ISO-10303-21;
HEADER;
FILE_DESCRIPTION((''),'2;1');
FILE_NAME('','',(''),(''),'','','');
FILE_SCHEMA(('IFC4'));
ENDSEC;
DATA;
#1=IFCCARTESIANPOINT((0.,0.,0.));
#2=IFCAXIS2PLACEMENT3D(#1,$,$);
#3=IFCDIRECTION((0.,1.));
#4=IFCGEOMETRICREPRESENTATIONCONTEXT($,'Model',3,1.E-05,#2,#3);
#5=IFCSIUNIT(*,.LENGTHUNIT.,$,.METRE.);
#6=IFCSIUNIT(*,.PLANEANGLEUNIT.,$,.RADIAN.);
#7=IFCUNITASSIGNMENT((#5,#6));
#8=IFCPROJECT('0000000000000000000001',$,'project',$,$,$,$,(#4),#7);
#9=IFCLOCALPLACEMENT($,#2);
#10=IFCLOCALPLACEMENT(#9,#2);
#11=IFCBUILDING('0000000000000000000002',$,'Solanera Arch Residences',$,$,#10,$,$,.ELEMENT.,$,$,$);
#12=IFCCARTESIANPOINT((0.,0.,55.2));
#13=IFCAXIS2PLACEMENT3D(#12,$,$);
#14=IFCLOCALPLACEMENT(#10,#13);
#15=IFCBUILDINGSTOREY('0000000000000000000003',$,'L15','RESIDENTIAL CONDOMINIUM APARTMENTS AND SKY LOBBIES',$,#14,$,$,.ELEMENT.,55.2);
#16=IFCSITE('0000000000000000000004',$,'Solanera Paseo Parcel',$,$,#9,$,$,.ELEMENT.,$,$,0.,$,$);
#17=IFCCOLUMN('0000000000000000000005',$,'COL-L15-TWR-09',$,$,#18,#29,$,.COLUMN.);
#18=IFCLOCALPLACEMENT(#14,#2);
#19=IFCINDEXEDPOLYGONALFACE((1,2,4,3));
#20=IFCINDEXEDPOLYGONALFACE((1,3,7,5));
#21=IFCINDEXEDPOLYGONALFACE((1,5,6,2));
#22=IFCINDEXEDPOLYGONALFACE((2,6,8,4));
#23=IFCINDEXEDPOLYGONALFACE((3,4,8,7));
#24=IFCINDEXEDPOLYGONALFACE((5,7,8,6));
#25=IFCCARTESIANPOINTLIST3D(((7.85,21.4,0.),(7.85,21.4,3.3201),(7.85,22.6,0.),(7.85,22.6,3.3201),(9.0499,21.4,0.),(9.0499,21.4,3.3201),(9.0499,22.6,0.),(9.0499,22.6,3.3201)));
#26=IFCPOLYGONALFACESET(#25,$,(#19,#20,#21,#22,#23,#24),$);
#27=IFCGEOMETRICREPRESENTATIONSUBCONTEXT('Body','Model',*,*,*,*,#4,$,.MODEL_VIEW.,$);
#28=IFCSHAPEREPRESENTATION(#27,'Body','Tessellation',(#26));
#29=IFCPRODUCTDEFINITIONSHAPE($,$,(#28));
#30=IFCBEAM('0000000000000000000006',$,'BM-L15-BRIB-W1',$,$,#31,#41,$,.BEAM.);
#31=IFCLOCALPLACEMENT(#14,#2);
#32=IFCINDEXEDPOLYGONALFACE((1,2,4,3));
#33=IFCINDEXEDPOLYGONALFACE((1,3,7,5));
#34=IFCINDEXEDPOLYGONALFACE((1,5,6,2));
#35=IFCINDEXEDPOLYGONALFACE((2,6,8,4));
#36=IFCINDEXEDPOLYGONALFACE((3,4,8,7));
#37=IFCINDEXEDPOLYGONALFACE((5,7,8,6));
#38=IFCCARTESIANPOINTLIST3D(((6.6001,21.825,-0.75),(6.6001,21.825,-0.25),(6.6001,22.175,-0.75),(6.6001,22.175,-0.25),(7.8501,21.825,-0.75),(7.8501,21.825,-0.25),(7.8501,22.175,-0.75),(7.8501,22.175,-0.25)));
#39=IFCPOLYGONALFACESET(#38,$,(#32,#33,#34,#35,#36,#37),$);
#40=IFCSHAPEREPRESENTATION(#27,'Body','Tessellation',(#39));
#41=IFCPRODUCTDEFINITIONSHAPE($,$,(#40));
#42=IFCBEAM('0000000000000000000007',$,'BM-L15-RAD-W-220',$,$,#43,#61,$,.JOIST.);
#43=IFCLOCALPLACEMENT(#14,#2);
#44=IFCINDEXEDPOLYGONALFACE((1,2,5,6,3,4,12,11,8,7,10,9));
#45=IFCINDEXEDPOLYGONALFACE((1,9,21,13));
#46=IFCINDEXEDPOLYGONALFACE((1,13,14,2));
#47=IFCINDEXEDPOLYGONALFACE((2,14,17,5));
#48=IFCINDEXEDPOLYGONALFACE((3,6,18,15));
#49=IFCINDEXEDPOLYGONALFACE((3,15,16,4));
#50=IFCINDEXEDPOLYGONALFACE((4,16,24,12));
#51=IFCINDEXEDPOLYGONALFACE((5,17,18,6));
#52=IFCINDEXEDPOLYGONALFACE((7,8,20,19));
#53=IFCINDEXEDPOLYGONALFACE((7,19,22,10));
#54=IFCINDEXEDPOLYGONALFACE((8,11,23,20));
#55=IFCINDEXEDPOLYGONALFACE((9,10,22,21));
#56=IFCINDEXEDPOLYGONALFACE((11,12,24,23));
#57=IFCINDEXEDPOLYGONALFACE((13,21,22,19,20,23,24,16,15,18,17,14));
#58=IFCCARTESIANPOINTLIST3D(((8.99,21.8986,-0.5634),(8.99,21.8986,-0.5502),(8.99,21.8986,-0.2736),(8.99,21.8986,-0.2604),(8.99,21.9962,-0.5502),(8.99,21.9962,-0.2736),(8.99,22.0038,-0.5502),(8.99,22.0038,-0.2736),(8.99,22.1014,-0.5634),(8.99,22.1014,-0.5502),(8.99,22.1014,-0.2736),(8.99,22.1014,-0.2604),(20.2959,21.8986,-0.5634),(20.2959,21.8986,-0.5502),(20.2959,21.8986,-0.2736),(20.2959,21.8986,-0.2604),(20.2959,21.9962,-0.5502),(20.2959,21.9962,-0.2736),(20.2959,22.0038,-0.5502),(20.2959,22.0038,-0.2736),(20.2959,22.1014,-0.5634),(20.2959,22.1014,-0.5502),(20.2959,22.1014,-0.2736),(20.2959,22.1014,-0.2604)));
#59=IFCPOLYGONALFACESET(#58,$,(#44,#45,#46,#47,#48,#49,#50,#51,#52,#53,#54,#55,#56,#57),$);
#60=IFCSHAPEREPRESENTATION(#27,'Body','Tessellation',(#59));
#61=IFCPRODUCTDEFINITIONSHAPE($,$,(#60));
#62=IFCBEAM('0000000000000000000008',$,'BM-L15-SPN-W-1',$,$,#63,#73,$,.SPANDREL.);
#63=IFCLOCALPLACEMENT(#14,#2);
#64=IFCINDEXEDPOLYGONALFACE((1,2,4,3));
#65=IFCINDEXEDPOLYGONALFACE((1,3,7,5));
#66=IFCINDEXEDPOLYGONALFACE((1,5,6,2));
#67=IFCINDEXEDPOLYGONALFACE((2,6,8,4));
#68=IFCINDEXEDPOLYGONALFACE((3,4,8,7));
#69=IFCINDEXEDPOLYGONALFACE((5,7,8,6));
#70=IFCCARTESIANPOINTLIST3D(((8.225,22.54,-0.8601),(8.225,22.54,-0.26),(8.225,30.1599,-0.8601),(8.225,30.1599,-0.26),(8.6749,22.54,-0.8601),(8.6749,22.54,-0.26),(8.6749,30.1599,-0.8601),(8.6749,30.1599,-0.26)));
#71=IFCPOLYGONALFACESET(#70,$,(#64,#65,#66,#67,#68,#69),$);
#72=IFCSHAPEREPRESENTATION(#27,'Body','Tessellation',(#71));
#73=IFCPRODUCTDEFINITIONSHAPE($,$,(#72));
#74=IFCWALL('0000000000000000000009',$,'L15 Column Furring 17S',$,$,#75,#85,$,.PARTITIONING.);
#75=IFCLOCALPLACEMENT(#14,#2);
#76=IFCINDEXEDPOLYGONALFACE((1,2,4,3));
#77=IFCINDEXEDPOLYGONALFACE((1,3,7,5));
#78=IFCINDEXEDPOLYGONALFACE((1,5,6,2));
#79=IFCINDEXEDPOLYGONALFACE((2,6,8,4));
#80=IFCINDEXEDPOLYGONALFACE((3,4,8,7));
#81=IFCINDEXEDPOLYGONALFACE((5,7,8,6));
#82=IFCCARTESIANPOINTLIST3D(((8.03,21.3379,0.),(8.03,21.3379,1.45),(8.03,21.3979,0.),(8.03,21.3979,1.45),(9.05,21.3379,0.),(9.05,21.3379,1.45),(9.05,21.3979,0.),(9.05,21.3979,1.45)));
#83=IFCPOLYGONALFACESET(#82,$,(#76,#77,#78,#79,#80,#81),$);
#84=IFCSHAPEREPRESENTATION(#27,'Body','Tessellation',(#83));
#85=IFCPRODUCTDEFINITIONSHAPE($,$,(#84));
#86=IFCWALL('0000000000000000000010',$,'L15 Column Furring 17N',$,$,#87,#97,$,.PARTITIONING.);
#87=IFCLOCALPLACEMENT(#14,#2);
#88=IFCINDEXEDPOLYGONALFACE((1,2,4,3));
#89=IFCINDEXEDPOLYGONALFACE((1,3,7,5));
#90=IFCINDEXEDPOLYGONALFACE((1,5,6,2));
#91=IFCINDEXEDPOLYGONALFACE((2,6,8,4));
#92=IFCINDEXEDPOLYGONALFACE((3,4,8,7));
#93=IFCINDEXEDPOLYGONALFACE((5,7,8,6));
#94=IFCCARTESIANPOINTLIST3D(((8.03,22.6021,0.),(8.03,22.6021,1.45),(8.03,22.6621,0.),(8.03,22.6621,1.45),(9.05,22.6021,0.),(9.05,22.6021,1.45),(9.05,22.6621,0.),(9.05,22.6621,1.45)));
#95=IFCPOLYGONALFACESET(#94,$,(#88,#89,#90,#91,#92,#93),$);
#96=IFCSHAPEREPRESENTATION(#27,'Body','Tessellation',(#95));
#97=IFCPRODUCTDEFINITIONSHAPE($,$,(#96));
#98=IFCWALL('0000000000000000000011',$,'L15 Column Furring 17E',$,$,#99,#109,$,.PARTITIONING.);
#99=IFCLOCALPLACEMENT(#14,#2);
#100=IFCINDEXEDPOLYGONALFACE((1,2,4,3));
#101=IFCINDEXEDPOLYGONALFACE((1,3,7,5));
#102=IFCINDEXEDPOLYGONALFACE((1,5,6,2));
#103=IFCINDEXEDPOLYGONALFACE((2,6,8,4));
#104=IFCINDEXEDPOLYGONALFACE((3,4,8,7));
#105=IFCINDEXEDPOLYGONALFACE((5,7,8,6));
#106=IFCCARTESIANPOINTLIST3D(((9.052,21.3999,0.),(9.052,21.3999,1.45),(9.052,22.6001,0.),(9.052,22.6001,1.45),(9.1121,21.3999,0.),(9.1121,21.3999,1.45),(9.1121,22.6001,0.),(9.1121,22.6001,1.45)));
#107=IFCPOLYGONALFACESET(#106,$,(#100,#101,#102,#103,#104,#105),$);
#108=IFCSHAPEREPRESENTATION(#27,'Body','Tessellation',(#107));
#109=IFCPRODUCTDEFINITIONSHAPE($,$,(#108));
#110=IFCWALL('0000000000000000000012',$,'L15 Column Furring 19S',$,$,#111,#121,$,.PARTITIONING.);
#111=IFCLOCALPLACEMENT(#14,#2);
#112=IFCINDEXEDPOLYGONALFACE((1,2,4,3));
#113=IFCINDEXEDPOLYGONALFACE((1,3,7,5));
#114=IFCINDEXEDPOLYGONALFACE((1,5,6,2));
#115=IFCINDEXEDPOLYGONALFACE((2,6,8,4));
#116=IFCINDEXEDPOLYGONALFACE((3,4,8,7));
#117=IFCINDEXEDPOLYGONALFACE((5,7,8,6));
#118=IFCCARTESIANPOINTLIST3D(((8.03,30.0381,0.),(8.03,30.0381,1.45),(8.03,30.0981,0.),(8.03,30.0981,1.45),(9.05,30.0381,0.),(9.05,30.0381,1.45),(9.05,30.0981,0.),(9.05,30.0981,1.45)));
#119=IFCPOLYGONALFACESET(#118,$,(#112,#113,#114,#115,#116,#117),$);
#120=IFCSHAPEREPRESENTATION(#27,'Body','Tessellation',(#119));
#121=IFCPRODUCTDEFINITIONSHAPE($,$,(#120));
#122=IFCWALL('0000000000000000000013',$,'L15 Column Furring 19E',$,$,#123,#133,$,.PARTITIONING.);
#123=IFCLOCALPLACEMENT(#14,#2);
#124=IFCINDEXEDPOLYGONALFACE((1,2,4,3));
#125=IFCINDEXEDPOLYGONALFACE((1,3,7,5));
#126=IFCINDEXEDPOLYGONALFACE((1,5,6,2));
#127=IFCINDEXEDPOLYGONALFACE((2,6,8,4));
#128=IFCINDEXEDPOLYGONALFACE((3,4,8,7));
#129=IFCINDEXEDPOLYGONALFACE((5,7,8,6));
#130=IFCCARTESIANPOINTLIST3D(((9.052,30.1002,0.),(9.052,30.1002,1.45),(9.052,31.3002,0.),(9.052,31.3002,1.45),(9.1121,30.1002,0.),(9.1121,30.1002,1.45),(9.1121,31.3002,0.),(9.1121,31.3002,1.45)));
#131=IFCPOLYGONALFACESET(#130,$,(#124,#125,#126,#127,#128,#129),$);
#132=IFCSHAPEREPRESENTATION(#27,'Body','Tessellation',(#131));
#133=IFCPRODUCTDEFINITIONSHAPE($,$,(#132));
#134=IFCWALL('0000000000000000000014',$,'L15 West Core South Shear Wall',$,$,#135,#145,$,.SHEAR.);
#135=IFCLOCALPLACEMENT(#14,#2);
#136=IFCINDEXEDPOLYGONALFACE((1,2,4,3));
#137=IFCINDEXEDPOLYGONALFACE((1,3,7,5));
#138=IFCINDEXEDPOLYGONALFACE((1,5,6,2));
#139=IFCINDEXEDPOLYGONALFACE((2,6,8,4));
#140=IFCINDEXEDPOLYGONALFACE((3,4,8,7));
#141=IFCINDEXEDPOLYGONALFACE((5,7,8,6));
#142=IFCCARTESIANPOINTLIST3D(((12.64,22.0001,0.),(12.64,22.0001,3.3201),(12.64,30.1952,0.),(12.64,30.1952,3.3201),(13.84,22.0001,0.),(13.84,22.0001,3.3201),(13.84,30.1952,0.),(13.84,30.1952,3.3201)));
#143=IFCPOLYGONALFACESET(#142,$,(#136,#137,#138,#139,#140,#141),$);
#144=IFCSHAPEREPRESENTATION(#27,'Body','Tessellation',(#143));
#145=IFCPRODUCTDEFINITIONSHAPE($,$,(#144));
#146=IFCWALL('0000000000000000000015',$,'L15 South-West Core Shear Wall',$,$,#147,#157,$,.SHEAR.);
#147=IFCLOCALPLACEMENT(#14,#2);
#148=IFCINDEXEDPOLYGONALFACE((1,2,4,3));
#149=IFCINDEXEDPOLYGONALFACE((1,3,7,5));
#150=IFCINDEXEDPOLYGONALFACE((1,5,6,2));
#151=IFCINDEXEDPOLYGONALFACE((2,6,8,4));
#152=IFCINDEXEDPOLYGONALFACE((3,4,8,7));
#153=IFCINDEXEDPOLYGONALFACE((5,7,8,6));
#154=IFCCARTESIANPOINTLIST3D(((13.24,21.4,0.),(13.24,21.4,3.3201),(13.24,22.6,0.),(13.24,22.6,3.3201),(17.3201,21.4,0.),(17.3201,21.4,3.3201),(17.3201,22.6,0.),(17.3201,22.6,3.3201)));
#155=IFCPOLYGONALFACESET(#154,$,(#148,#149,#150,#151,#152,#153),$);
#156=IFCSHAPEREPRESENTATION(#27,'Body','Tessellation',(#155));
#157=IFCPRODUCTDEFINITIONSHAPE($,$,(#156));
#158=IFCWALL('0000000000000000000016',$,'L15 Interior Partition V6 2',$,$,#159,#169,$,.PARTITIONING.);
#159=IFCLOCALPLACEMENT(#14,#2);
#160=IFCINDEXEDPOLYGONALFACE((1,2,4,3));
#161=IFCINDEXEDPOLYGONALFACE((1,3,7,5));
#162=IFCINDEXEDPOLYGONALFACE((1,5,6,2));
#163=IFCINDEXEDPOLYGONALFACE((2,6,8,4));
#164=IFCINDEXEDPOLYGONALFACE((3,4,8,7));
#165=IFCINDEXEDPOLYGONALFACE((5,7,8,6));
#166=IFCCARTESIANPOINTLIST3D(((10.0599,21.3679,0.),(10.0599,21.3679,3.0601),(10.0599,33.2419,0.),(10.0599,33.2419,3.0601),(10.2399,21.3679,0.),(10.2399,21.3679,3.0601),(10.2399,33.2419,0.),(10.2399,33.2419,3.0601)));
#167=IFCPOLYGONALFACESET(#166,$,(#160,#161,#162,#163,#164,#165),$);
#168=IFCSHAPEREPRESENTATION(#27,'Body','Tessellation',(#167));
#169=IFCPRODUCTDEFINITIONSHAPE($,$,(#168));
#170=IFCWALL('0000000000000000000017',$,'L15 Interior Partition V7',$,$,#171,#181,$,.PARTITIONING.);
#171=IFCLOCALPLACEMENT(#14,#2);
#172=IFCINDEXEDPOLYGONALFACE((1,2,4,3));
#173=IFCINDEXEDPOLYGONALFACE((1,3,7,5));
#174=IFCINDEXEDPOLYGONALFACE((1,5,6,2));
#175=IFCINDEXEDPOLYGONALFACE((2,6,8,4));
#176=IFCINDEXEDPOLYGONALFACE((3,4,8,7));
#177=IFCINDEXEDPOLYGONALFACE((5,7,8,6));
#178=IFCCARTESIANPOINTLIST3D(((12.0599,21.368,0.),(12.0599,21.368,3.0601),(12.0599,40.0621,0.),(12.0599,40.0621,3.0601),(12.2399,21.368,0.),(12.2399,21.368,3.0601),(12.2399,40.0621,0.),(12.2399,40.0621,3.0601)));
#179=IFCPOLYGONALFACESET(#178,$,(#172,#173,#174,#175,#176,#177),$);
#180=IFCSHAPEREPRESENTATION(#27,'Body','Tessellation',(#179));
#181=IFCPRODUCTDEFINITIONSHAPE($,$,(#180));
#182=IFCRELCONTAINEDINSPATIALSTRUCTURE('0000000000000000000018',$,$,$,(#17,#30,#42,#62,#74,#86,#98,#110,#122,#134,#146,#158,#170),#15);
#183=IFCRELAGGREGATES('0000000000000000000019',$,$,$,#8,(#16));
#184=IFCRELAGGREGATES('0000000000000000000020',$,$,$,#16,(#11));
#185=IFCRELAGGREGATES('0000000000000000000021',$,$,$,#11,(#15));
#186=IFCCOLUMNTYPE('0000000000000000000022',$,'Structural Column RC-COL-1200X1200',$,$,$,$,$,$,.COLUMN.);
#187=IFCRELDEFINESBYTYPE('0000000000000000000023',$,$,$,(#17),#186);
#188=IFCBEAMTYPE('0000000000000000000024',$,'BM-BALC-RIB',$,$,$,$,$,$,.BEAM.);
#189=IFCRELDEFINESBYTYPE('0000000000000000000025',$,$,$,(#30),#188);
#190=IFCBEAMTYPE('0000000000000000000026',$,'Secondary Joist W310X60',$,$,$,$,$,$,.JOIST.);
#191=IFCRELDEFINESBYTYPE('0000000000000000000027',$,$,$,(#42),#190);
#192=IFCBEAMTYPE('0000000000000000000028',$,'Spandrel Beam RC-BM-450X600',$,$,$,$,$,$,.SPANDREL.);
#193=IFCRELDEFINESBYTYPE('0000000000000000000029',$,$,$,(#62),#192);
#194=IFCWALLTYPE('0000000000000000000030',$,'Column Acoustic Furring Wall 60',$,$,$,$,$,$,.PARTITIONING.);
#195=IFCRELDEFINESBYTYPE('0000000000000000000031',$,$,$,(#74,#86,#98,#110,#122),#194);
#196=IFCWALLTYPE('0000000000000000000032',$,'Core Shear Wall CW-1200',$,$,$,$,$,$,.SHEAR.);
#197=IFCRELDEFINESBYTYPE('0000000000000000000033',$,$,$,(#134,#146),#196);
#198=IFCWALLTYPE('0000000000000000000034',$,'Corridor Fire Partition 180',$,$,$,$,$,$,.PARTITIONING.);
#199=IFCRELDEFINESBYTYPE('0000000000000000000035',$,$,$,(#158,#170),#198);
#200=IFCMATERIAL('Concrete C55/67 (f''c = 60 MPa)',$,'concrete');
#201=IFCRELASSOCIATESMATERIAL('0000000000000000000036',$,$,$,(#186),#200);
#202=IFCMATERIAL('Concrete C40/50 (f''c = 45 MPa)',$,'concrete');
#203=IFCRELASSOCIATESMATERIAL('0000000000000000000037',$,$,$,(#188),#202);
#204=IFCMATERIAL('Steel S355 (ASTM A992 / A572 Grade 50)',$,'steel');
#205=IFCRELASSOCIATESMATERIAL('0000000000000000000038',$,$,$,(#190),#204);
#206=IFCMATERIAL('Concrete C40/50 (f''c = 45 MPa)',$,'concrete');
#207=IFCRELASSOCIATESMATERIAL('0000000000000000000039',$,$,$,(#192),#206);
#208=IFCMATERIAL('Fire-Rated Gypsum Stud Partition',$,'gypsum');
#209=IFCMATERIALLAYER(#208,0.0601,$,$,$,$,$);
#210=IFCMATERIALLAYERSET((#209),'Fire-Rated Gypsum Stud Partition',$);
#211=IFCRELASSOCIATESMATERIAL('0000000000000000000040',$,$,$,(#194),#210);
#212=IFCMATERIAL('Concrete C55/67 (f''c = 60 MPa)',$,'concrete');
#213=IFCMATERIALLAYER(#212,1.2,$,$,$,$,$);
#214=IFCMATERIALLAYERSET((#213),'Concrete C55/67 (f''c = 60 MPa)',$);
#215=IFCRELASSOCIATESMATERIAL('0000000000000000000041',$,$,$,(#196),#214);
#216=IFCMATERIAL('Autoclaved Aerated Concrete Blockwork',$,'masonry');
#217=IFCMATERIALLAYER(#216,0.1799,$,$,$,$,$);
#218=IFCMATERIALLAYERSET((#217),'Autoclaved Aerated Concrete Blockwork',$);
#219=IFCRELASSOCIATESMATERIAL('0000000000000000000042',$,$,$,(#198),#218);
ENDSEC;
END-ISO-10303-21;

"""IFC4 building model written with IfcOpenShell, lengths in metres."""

from ifc_helpers import new_model, si_unit, direction, frame, frame_2d, origin, origin_2d, place, context, subcontext, project, spatial, rectangle, i_section, extrude, material, layer, layer_set, material_profile, profile_set, type_object, element, save


model = new_model("IFC4")

# Units and contexts
model_context = context("Model", 3, precision=1e-05, world=origin(), true_north=direction((0.0, 1.0)))
body_context = subcontext(model_context, "Body", "Model", "MODEL_VIEW")
ifc_project = project(units=[si_unit("LENGTHUNIT", "METRE"), si_unit("PLANEANGLEUNIT", "RADIAN")], contexts=[model_context])

# Site, building, storey
site_placement = place(None, origin())
site = spatial("IfcSite", under=ifc_project, at=site_placement, Name="Solanera Paseo Parcel", CompositionType="ELEMENT", RefElevation=0.0)
building_placement = place(site_placement, origin())
building = spatial("IfcBuilding", under=site, at=building_placement, Name="Solanera Arch Residences", CompositionType="ELEMENT")
storey_placement = place(building_placement, frame((0.0, 0.0, 55.2)))
storey = spatial("IfcBuildingStorey", under=building, at=storey_placement, Name="L15", Description="RESIDENTIAL CONDOMINIUM APARTMENTS AND SKY LOBBIES", CompositionType="ELEMENT", Elevation=55.2)

# Column
ifc_material_1 = material(Name="Concrete C55/67 (f'c = 60 MPa)", Category="concrete")
ifc_material_profile_1 = material_profile(ifc_material_1, rectangle(XDim=1.2, YDim=1.2, at=origin_2d()))
ifc_profile_set_1 = profile_set([ifc_material_profile_1], Name="Concrete C55/67 (f'c = 60 MPa)")
column_type = type_object("IfcColumnType", Name="Structural Column RC-COL-1200X1200", PredefinedType="COLUMN", material=ifc_profile_set_1)
column_placement = place(storey_placement, frame((8.45, 22.0, 0.0), z_axis=(0.0, 0.0, 1.0), x_axis=(1.0, 0.0, 0.0)))
element("IfcColumn", 1, at=column_placement, inside=storey, type_object=column_type, Name="COL-L15-TWR-09", PredefinedType="COLUMN", context=body_context, shape_type="SweptSolid", body=[
    extrude(rectangle(XDim=1.2, YDim=1.2, at=origin_2d()), origin(), (0.0, 0.0, 1.0), 3.3201),
])

# Beams
ifc_material_2 = material(Name="Concrete C40/50 (f'c = 45 MPa)", Category="concrete")
ifc_material_profile_2 = material_profile(ifc_material_2, rectangle(XDim=0.3501, YDim=0.5, at=origin_2d()))
ifc_profile_set_2 = profile_set([ifc_material_profile_2], Name="Concrete C40/50 (f'c = 45 MPa)")
beam_type_1 = type_object("IfcBeamType", Name="BM-BALC-RIB", PredefinedType="BEAM", material=ifc_profile_set_2)
beam_1_placement = place(storey_placement, frame((6.6001, 22.0, -0.5), z_axis=(1.0, 0.0, 0.0), x_axis=(0.0, 1.0, 0.0)))
element("IfcBeam", 2, at=beam_1_placement, inside=storey, type_object=beam_type_1, Name="BM-L15-BRIB-W1", PredefinedType="BEAM", context=body_context, shape_type="SweptSolid", body=[
    extrude(rectangle(XDim=0.3501, YDim=0.5, at=origin_2d()), origin(), (0.0, 0.0, 1.0), 1.25),
])
ifc_material_3 = material(Name="Steel S355 (ASTM A992 / A572 Grade 50)", Category="steel")
ifc_material_profile_3 = material_profile(ifc_material_3, i_section(OverallWidth=0.2029, OverallDepth=0.303, WebThickness=0.0076, FlangeThickness=0.0132, at=origin_2d()))
ifc_profile_set_3 = profile_set([ifc_material_profile_3], Name="Steel S355 (ASTM A992 / A572 Grade 50)")
beam_type_2 = type_object("IfcBeamType", Name="Secondary Joist W310X60", PredefinedType="JOIST", material=ifc_profile_set_3)
beam_2_placement = place(storey_placement, frame((8.99, 22.0, -0.4119), z_axis=(1.0, 0.0, 0.0), x_axis=(0.0, 1.0, 0.0)))
element("IfcBeam", 3, at=beam_2_placement, inside=storey, type_object=beam_type_2, Name="BM-L15-RAD-W-220", PredefinedType="JOIST", context=body_context, shape_type="SweptSolid", body=[
    extrude(i_section(OverallWidth=0.2029, OverallDepth=0.303, WebThickness=0.0076, FlangeThickness=0.0132, at=origin_2d()), origin(), (0.0, 0.0, 1.0), 11.3059),
])
ifc_material_4 = material(Name="Concrete C40/50 (f'c = 45 MPa)", Category="concrete")
ifc_material_profile_4 = material_profile(ifc_material_4, rectangle(XDim=0.45, YDim=0.6001, at=origin_2d()))
ifc_profile_set_4 = profile_set([ifc_material_profile_4], Name="Concrete C40/50 (f'c = 45 MPa)")
beam_type_3 = type_object("IfcBeamType", Name="Spandrel Beam RC-BM-450X600", PredefinedType="SPANDREL", material=ifc_profile_set_4)
beam_3_placement = place(storey_placement, frame((8.45, 22.54, -0.5601), z_axis=(0.0, 1.0, 0.0), x_axis=(-1.0, 0.0, 0.0)))
element("IfcBeam", 4, at=beam_3_placement, inside=storey, type_object=beam_type_3, Name="BM-L15-SPN-W-1", PredefinedType="SPANDREL", context=body_context, shape_type="SweptSolid", body=[
    extrude(rectangle(XDim=0.45, YDim=0.6001, at=origin_2d()), origin(), (0.0, 0.0, 1.0), 7.6199),
])

# Walls
ifc_material_5 = material(Name="Fire-Rated Gypsum Stud Partition", Category="gypsum")
ifc_layer_1 = layer(ifc_material_5, 0.0601)
ifc_layer_set_1 = layer_set([ifc_layer_1], Name="Fire-Rated Gypsum Stud Partition")
wall_type_1 = type_object("IfcWallType", Name="Column Acoustic Furring Wall 60", PredefinedType="PARTITIONING", material=ifc_layer_set_1)
for number, where, z_axis, x_axis, name in (
    (5, (8.03, 21.3679, 0.0), (0.0, 0.0, 1.0), (1.0, 0.0, 0.0), "L15 Column Furring 17S"),
    (6, (8.03, 22.6321, 0.0), (0.0, 0.0, 1.0), (1.0, 0.0, 0.0), "L15 Column Furring 17N"),
):
    element("IfcWall", number, at=place(storey_placement, frame(where, z_axis=z_axis, x_axis=x_axis)), inside=storey, type_object=wall_type_1, Name=name, PredefinedType="PARTITIONING", context=body_context, shape_type="SweptSolid", body=[
        extrude(rectangle(XDim=1.02, YDim=0.0601, at=frame_2d((0.51, 0.0))), origin(), (0.0, 0.0, 1.0), 1.45),
    ])
wall_1_placement = place(storey_placement, frame((9.082, 21.3999, 0.0), z_axis=(0.0, 0.0, 1.0), x_axis=(0.0, 1.0, 0.0)))
element("IfcWall", 7, at=wall_1_placement, inside=storey, type_object=wall_type_1, Name="L15 Column Furring 17E", PredefinedType="PARTITIONING", context=body_context, shape_type="SweptSolid", body=[
    extrude(rectangle(XDim=1.2002, YDim=0.0601, at=frame_2d((0.6001, 0.0))), origin(), (0.0, 0.0, 1.0), 1.45),
])
wall_2_placement = place(storey_placement, frame((8.03, 30.0681, 0.0), z_axis=(0.0, 0.0, 1.0), x_axis=(1.0, 0.0, 0.0)))
element("IfcWall", 8, at=wall_2_placement, inside=storey, type_object=wall_type_1, Name="L15 Column Furring 19S", PredefinedType="PARTITIONING", context=body_context, shape_type="SweptSolid", body=[
    extrude(rectangle(XDim=1.02, YDim=0.0601, at=frame_2d((0.51, 0.0))), origin(), (0.0, 0.0, 1.0), 1.45),
])
wall_3_placement = place(storey_placement, frame((9.082, 30.1001, 0.0), z_axis=(0.0, 0.0, 1.0), x_axis=(0.0, 1.0, 0.0)))
element("IfcWall", 9, at=wall_3_placement, inside=storey, type_object=wall_type_1, Name="L15 Column Furring 19E", PredefinedType="PARTITIONING", context=body_context, shape_type="SweptSolid", body=[
    extrude(rectangle(XDim=1.2, YDim=0.0601, at=frame_2d((0.6001, 0.0))), origin(), (0.0, 0.0, 1.0), 1.45),
])
ifc_material_6 = material(Name="Concrete C55/67 (f'c = 60 MPa)", Category="concrete")
ifc_layer_2 = layer(ifc_material_6, 1.2)
ifc_layer_set_2 = layer_set([ifc_layer_2], Name="Concrete C55/67 (f'c = 60 MPa)")
wall_type_2 = type_object("IfcWallType", Name="Core Shear Wall CW-1200", PredefinedType="SHEAR", material=ifc_layer_set_2)
wall_4_placement = place(storey_placement, frame((13.24, 22.0, 0.0), z_axis=(0.0, 0.0, 1.0), x_axis=(0.0, 1.0, 0.0)))
element("IfcWall", 10, at=wall_4_placement, inside=storey, type_object=wall_type_2, Name="L15 West Core South Shear Wall", PredefinedType="SHEAR", context=body_context, shape_type="SweptSolid", body=[
    extrude(rectangle(XDim=8.1951, YDim=1.2, at=frame_2d((4.0977, 0.0))), origin(), (0.0, 0.0, 1.0), 3.3201),
])
wall_5_placement = place(storey_placement, frame((13.24, 22.0, 0.0), z_axis=(0.0, 0.0, 1.0), x_axis=(1.0, 0.0, 0.0)))
element("IfcWall", 11, at=wall_5_placement, inside=storey, type_object=wall_type_2, Name="L15 South-West Core Shear Wall", PredefinedType="SHEAR", context=body_context, shape_type="SweptSolid", body=[
    extrude(rectangle(XDim=4.0801, YDim=1.2, at=frame_2d((2.04, 0.0))), origin(), (0.0, 0.0, 1.0), 3.3201),
])
ifc_material_7 = material(Name="Autoclaved Aerated Concrete Blockwork", Category="masonry")
ifc_layer_3 = layer(ifc_material_7, 0.1799)
ifc_layer_set_3 = layer_set([ifc_layer_3], Name="Autoclaved Aerated Concrete Blockwork")
wall_type_3 = type_object("IfcWallType", Name="Corridor Fire Partition 180", PredefinedType="PARTITIONING", material=ifc_layer_set_3)
wall_6_placement = place(storey_placement, frame((10.1499, 21.3679, 0.0), z_axis=(0.0, 0.0, 1.0), x_axis=(0.0, 1.0, 0.0)))
element("IfcWall", 12, at=wall_6_placement, inside=storey, type_object=wall_type_3, Name="L15 Interior Partition V6 2", PredefinedType="PARTITIONING", context=body_context, shape_type="SweptSolid", body=[
    extrude(rectangle(XDim=11.874, YDim=0.1799, at=frame_2d((5.937, 0.0))), origin(), (0.0, 0.0, 1.0), 3.0601),
])
wall_7_placement = place(storey_placement, frame((12.1499, 21.3679, 0.0), z_axis=(0.0, 0.0, 1.0), x_axis=(0.0, 1.0, 0.0)))
element("IfcWall", 13, at=wall_7_placement, inside=storey, type_object=wall_type_3, Name="L15 Interior Partition V7", PredefinedType="PARTITIONING", context=body_context, shape_type="SweptSolid", body=[
    extrude(rectangle(XDim=18.6941, YDim=0.1799, at=frame_2d((9.3472, 0.0))), origin(), (0.0, 0.0, 1.0), 3.0601),
])

save(model, "model.ifc")
